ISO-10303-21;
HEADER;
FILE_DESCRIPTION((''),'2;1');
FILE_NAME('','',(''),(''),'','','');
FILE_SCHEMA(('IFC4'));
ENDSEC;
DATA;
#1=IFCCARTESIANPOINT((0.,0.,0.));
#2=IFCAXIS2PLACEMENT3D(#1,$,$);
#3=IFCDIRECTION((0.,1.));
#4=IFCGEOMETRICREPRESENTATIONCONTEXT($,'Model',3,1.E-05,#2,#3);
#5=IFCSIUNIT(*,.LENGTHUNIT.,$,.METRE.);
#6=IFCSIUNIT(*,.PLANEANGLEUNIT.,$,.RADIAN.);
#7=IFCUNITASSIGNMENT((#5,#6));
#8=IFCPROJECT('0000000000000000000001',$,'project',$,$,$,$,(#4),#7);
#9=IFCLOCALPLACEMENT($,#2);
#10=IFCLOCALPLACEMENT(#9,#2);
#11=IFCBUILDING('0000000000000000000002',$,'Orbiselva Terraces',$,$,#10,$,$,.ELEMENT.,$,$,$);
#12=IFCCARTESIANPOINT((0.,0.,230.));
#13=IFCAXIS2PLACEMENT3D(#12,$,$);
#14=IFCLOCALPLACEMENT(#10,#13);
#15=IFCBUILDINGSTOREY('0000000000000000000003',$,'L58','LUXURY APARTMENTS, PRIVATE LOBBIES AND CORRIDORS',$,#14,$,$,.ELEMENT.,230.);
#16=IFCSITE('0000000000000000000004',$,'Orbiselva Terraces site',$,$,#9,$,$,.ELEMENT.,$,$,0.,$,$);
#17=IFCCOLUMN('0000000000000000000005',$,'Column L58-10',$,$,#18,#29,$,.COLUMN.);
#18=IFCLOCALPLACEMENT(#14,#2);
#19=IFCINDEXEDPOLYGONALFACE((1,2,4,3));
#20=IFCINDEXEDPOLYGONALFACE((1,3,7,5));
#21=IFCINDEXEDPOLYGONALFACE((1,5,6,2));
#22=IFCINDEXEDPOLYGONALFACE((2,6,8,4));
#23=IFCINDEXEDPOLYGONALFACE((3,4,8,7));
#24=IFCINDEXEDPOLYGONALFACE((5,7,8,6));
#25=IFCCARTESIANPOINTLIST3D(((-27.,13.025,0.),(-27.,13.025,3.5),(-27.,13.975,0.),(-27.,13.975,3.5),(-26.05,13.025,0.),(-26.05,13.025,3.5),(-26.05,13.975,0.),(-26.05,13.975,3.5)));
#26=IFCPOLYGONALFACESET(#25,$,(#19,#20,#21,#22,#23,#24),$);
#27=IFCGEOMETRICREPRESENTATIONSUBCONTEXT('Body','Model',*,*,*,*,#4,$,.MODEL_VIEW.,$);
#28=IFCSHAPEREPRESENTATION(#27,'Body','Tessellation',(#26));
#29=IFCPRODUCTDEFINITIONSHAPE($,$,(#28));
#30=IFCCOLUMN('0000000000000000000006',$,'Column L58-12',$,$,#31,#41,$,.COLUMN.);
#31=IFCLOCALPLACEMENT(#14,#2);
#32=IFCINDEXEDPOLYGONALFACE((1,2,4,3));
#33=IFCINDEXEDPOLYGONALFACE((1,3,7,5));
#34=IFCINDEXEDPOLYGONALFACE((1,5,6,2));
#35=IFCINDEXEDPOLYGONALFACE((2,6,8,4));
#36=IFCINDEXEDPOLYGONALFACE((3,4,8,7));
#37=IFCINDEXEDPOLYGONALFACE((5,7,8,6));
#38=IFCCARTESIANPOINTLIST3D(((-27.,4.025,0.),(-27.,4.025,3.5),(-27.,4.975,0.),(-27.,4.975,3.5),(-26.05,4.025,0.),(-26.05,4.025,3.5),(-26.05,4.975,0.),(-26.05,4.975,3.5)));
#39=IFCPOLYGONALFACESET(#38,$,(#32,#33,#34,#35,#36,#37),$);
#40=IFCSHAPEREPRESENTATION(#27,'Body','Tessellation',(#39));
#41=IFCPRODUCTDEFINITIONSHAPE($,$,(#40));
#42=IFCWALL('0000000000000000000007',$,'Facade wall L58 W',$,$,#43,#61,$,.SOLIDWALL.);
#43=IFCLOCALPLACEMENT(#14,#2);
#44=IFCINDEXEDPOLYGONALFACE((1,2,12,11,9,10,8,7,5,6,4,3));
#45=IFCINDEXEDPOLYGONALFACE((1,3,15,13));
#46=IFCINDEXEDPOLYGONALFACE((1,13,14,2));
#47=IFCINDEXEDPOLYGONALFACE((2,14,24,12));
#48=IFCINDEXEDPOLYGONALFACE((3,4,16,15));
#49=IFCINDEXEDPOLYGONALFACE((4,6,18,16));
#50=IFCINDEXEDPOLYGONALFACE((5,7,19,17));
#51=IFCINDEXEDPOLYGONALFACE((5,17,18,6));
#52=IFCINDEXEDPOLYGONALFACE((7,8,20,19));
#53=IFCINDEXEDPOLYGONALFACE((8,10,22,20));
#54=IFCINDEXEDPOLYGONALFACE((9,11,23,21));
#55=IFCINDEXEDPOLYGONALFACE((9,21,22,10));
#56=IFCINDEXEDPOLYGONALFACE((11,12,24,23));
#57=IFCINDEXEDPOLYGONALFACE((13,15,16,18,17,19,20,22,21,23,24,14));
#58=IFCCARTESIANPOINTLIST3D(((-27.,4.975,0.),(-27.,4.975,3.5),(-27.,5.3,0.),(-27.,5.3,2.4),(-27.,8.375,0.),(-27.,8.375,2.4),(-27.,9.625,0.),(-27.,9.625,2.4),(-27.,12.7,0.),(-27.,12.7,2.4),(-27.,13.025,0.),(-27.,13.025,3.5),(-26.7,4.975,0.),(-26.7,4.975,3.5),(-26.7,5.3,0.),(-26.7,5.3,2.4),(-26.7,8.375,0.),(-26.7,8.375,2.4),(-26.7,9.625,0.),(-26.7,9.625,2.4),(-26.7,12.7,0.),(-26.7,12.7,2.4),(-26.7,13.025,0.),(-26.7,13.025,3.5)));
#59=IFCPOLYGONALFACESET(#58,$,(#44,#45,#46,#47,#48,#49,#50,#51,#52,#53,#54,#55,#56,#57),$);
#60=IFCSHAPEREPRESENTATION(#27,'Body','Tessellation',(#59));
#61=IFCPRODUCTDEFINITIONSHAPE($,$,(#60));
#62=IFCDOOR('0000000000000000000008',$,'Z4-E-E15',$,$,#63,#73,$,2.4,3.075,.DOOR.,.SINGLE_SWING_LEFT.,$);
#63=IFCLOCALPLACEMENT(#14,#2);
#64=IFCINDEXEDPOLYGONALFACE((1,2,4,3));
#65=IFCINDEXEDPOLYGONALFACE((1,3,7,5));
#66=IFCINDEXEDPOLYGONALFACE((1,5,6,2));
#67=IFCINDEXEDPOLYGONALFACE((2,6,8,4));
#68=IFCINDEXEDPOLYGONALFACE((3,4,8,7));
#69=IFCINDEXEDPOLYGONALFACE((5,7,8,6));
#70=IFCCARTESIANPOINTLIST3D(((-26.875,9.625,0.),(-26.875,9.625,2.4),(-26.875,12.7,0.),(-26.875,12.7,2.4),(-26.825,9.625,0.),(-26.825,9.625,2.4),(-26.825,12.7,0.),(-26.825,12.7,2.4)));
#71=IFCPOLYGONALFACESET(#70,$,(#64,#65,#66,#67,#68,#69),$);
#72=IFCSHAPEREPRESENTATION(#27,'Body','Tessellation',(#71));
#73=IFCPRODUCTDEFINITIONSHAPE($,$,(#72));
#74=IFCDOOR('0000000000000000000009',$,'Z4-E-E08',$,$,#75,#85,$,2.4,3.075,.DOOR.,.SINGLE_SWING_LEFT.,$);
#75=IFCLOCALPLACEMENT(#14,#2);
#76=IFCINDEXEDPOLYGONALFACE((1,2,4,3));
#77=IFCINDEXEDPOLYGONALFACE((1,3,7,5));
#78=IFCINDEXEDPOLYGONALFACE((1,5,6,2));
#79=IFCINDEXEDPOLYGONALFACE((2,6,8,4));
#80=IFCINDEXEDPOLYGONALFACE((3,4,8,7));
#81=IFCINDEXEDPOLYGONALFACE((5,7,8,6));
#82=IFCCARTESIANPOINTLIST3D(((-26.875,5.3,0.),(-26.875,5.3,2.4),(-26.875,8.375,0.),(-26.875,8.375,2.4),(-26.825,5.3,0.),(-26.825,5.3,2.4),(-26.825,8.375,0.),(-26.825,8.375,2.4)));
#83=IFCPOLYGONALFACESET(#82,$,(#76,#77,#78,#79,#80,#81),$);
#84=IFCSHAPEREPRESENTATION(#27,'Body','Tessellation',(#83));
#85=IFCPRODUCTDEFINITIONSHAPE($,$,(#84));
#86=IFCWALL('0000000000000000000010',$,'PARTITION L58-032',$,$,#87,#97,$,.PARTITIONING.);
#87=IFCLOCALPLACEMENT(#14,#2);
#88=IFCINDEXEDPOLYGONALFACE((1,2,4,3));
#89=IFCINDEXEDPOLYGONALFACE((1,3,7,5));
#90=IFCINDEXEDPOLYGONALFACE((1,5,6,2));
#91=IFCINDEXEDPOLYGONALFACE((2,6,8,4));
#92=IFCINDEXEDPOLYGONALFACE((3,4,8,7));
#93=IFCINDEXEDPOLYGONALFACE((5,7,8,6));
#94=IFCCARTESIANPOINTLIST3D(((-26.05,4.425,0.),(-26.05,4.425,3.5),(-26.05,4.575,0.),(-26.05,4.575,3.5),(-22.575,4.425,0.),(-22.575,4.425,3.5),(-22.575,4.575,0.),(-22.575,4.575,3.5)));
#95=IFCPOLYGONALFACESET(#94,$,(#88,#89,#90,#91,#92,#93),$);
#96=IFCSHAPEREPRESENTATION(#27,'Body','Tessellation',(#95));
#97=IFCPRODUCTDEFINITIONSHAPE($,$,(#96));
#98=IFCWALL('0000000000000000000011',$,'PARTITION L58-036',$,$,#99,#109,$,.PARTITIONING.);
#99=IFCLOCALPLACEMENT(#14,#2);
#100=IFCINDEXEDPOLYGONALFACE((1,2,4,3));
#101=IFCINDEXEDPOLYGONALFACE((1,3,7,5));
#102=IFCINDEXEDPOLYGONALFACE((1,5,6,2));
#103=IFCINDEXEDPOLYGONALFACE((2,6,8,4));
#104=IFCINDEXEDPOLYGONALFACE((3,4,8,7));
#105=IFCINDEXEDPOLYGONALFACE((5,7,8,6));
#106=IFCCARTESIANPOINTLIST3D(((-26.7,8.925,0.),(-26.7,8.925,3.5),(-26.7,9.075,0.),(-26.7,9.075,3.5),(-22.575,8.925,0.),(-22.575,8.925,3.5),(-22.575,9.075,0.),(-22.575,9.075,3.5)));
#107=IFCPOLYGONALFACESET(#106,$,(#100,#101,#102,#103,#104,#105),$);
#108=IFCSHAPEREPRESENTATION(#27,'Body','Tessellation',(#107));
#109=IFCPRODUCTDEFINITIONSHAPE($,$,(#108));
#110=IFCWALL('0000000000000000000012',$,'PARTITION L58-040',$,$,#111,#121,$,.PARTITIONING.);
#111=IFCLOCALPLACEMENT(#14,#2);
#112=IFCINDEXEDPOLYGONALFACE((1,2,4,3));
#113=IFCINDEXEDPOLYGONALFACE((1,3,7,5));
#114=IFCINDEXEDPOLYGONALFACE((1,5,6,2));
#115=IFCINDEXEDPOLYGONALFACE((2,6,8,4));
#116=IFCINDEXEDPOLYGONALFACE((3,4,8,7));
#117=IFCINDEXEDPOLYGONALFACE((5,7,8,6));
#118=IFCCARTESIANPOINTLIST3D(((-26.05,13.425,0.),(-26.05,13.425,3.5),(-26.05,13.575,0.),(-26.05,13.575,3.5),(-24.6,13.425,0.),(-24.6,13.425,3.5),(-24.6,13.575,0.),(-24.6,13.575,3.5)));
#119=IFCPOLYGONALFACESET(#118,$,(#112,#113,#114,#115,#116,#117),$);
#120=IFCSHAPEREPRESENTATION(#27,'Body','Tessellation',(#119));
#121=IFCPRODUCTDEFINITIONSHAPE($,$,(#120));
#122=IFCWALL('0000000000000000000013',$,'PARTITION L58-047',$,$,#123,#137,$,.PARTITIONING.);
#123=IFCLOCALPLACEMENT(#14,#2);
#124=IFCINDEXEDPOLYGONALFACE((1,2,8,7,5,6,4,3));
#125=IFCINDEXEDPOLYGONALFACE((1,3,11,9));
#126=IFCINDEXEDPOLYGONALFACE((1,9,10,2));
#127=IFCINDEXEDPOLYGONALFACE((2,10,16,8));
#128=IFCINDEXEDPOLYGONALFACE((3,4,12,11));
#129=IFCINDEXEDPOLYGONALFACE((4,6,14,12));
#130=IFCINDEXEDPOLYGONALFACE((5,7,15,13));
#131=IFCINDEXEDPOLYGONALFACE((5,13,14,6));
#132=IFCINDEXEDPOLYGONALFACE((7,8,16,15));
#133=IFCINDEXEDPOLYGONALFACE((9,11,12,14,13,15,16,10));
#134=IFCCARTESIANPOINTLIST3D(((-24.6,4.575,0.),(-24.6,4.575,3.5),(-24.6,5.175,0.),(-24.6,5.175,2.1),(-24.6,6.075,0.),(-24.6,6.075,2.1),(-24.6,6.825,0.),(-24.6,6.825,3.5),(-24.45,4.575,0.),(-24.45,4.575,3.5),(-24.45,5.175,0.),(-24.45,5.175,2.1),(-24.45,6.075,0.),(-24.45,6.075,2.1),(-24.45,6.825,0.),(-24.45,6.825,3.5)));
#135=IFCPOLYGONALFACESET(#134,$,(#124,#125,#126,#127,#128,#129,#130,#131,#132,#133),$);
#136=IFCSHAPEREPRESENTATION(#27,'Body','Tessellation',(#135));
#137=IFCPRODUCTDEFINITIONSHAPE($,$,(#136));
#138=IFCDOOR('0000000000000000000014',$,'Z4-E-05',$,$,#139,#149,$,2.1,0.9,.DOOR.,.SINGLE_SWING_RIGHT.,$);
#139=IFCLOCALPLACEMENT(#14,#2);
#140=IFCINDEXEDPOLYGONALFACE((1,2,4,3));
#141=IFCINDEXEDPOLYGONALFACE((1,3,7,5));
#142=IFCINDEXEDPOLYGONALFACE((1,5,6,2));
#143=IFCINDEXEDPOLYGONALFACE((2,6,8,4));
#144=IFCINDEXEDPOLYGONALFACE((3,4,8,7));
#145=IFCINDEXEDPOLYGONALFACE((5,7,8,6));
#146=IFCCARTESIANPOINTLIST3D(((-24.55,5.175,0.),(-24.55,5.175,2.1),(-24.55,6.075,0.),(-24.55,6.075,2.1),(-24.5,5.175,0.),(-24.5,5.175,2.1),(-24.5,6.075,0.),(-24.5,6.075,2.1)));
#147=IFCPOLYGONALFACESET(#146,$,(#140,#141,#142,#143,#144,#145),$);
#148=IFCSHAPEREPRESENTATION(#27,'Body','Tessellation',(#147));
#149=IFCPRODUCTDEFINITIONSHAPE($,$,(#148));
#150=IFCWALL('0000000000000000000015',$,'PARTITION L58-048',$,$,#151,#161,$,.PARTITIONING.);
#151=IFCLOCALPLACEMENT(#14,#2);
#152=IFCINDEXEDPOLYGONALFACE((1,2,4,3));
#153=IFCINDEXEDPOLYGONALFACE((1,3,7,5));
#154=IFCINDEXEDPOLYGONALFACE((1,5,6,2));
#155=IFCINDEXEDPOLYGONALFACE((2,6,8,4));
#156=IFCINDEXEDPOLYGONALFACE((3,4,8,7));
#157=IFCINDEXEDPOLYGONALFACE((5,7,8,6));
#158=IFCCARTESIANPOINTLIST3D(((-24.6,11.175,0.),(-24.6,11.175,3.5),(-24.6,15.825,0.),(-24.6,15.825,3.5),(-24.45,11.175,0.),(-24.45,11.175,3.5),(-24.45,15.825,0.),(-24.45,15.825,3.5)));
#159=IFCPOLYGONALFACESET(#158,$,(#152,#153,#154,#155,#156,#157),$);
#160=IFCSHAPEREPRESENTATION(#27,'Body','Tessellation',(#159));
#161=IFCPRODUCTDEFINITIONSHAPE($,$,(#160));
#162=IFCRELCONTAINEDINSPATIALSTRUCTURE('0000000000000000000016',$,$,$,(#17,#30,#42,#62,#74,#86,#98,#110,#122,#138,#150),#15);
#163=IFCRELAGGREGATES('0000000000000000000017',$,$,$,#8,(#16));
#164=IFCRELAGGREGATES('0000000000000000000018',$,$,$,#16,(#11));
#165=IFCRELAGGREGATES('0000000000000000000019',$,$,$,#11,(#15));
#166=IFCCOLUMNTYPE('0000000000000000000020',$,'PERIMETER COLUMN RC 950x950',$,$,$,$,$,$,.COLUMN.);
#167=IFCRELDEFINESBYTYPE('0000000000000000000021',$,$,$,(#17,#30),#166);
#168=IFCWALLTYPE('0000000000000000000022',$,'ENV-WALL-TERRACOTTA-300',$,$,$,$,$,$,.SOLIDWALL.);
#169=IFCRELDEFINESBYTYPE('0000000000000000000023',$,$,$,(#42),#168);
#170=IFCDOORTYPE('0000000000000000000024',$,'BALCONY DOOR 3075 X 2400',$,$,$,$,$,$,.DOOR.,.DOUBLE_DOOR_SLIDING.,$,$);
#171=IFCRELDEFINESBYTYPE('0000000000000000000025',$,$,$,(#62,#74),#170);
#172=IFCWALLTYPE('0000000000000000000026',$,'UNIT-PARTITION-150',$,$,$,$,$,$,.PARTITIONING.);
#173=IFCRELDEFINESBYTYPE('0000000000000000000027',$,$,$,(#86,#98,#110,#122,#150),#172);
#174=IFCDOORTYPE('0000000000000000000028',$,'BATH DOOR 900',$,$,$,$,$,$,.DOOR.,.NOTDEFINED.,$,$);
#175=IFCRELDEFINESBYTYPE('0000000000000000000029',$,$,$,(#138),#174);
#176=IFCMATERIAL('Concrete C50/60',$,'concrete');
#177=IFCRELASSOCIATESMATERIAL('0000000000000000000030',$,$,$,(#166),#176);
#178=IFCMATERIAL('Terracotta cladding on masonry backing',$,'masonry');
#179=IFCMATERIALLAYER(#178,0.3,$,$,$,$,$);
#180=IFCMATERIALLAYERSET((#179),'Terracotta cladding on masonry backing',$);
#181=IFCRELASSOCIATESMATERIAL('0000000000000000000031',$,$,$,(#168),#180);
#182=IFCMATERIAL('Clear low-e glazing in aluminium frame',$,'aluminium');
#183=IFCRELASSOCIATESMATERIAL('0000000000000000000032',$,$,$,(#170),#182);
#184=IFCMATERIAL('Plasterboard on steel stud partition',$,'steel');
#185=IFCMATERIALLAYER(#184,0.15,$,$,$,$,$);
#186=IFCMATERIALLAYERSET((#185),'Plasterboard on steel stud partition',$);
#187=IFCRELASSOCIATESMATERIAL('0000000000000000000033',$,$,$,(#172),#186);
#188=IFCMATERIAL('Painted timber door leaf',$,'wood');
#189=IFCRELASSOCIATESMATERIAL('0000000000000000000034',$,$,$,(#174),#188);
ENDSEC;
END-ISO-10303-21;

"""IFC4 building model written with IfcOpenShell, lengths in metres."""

from ifc_helpers import new_model, si_unit, direction, frame, frame_2d, origin, origin_2d, place, context, subcontext, project, spatial, rectangle, extrude, material, layer, layer_set, material_profile, profile_set, type_object, element, fill, save


model = new_model("IFC4")

# Units and contexts
model_context = context("Model", 3, precision=1e-05, world=origin(), true_north=direction((0.0, 1.0)))
body_context = subcontext(model_context, "Body", "Model", "MODEL_VIEW")
ifc_project = project(units=[si_unit("LENGTHUNIT", "METRE"), si_unit("PLANEANGLEUNIT", "RADIAN")], contexts=[model_context])

# Site, building, storey
site_placement = place(None, origin())
site = spatial("IfcSite", under=ifc_project, at=site_placement, Name="Orbiselva Terraces site", CompositionType="ELEMENT", RefElevation=0.0)
building_placement = place(site_placement, origin())
building = spatial("IfcBuilding", under=site, at=building_placement, Name="Orbiselva Terraces", CompositionType="ELEMENT")
storey_placement = place(building_placement, frame((0.0, 0.0, 230.0)))
storey = spatial("IfcBuildingStorey", under=building, at=storey_placement, Name="L58", Description="LUXURY APARTMENTS, PRIVATE LOBBIES AND CORRIDORS", CompositionType="ELEMENT", Elevation=230.0)

# Columns
ifc_material_1 = material(Name="Concrete C50/60", Category="concrete")
ifc_material_profile = material_profile(ifc_material_1, rectangle(XDim=0.95, YDim=0.95, at=origin_2d()), Name="RC 950x950")
ifc_profile_set = profile_set([ifc_material_profile], Name="Concrete C50/60")
column_type = type_object("IfcColumnType", Name="PERIMETER COLUMN RC 950x950", PredefinedType="COLUMN", material=ifc_profile_set)
for number, where, z_axis, x_axis, name in (
    (1, (-26.525, 13.5, 0.0), (0.0, 0.0, 1.0), (1.0, 0.0, 0.0), "Column L58-10"),
    (2, (-26.525, 4.5, 0.0), (0.0, 0.0, 1.0), (1.0, 0.0, 0.0), "Column L58-12"),
):
    element("IfcColumn", number, at=place(storey_placement, frame(where, z_axis=z_axis, x_axis=x_axis)), inside=storey, type_object=column_type, Name=name, PredefinedType="COLUMN", context=body_context, shape_type="SweptSolid", body=[
        extrude(rectangle(XDim=0.95, YDim=0.95, at=origin_2d()), origin(), (0.0, 0.0, 1.0), 3.5),
    ])

# Wall, openings, doors
ifc_material_2 = material(Name="Terracotta cladding on masonry backing", Category="masonry")
ifc_layer_1 = layer(ifc_material_2, 0.3)
ifc_layer_set_1 = layer_set([ifc_layer_1], Name="Terracotta cladding on masonry backing")
wall_type_1 = type_object("IfcWallType", Name="ENV-WALL-TERRACOTTA-300", PredefinedType="SOLIDWALL", material=ifc_layer_set_1)
wall_1_placement = place(storey_placement, frame((-26.85, 4.975, 0.0), z_axis=(0.0, 0.0, 1.0), x_axis=(0.0, 1.0, 0.0)))
wall_1 = element("IfcWall", 3, at=wall_1_placement, inside=storey, type_object=wall_type_1, Name="Facade wall L58 W", PredefinedType="SOLIDWALL", context=body_context, shape_type="SweptSolid", body=[
    extrude(rectangle(XDim=8.05, YDim=0.3, at=frame_2d((4.025, 0.0))), origin(), (0.0, 0.0, 1.0), 3.5),
])
opening_1_placement = place(wall_1_placement, frame((4.65, 0.0, 0.0)))
opening_1 = element("IfcOpeningElement", 4, at=opening_1_placement, cuts=wall_1, PredefinedType="OPENING", context=body_context, shape_type="SweptSolid", body=[
    extrude(rectangle(XDim=3.075, YDim=2.4, at=frame_2d((1.5375, 1.2))), frame((0.0, 0.16, 0.0), z_axis=(0.0, -1.0, 0.0), x_axis=(1.0, 0.0, 0.0)), (0.0, 0.0, 1.0), 0.32),
])
opening_2_placement = place(wall_1_placement, frame((0.325, 0.0, 0.0)))
opening_2 = element("IfcOpeningElement", 5, at=opening_2_placement, cuts=wall_1, PredefinedType="OPENING", context=body_context, shape_type="SweptSolid", body=[
    extrude(rectangle(XDim=3.075, YDim=2.4, at=frame_2d((1.5375, 1.2))), frame((0.0, 0.16, 0.0), z_axis=(0.0, -1.0, 0.0), x_axis=(1.0, 0.0, 0.0)), (0.0, 0.0, 1.0), 0.32),
])
ifc_material_3 = material(Name="Clear low-e glazing in aluminium frame", Category="aluminium")
door_type_1 = type_object("IfcDoorType", Name="BALCONY DOOR 3075 X 2400", OperationType="DOUBLE_DOOR_SLIDING", PredefinedType="DOOR", material=ifc_material_3)
door_1_placement = place(opening_1_placement, origin())
door_1 = element("IfcDoor", 6, at=door_1_placement, inside=storey, type_object=door_type_1, Name="Z4-E-E15", OperationType="SINGLE_SWING_LEFT", OverallHeight=2.4, OverallWidth=3.075, PredefinedType="DOOR", context=body_context, shape_type="SweptSolid", body=[
    extrude(rectangle(XDim=3.075, YDim=2.4, at=frame_2d((1.5375, 1.2))), frame((0.0, 0.025, 0.0), z_axis=(0.0, -1.0, 0.0), x_axis=(1.0, 0.0, 0.0)), (0.0, 0.0, 1.0), 0.05),
])
fill(opening_1, door_1)
door_2_placement = place(opening_2_placement, origin())
door_2 = element("IfcDoor", 7, at=door_2_placement, inside=storey, type_object=door_type_1, Name="Z4-E-E08", OperationType="SINGLE_SWING_LEFT", OverallHeight=2.4, OverallWidth=3.075, PredefinedType="DOOR", context=body_context, shape_type="SweptSolid", body=[
    extrude(rectangle(XDim=3.075, YDim=2.4, at=frame_2d((1.5375, 1.2))), frame((0.0, 0.025, 0.0), z_axis=(0.0, -1.0, 0.0), x_axis=(1.0, 0.0, 0.0)), (0.0, 0.0, 1.0), 0.05),
])
fill(opening_2, door_2)

# Walls
ifc_material_4 = material(Name="Plasterboard on steel stud partition", Category="steel")
ifc_layer_2 = layer(ifc_material_4, 0.15)
ifc_layer_set_2 = layer_set([ifc_layer_2], Name="Plasterboard on steel stud partition")
wall_type_2 = type_object("IfcWallType", Name="UNIT-PARTITION-150", PredefinedType="PARTITIONING", material=ifc_layer_set_2)
wall_2_placement = place(storey_placement, frame((-26.05, 4.5, 0.0), z_axis=(0.0, 0.0, 1.0), x_axis=(1.0, 0.0, 0.0)))
element("IfcWall", 8, at=wall_2_placement, inside=storey, type_object=wall_type_2, Name="PARTITION L58-032", PredefinedType="PARTITIONING", context=body_context, shape_type="SweptSolid", body=[
    extrude(rectangle(XDim=3.475, YDim=0.15, at=frame_2d((1.7375, 0.0))), origin(), (0.0, 0.0, 1.0), 3.5),
])
wall_3_placement = place(storey_placement, frame((-26.7, 9.0, 0.0), z_axis=(0.0, 0.0, 1.0), x_axis=(1.0, 0.0, 0.0)))
element("IfcWall", 9, at=wall_3_placement, inside=storey, type_object=wall_type_2, Name="PARTITION L58-036", PredefinedType="PARTITIONING", context=body_context, shape_type="SweptSolid", body=[
    extrude(rectangle(XDim=4.125, YDim=0.15, at=frame_2d((2.0625, 0.0))), origin(), (0.0, 0.0, 1.0), 3.5),
])
wall_4_placement = place(storey_placement, frame((-26.05, 13.5, 0.0), z_axis=(0.0, 0.0, 1.0), x_axis=(1.0, 0.0, 0.0)))
element("IfcWall", 10, at=wall_4_placement, inside=storey, type_object=wall_type_2, Name="PARTITION L58-040", PredefinedType="PARTITIONING", context=body_context, shape_type="SweptSolid", body=[
    extrude(rectangle(XDim=1.45, YDim=0.15, at=frame_2d((0.725, 0.0))), origin(), (0.0, 0.0, 1.0), 3.5),
])

# Wall, opening, door
wall_5_placement = place(storey_placement, frame((-24.525, 6.825, 0.0), z_axis=(0.0, 0.0, 1.0), x_axis=(0.0, -1.0, 0.0)))
wall_5 = element("IfcWall", 11, at=wall_5_placement, inside=storey, type_object=wall_type_2, Name="PARTITION L58-047", PredefinedType="PARTITIONING", context=body_context, shape_type="SweptSolid", body=[
    extrude(rectangle(XDim=2.25, YDim=0.15, at=frame_2d((1.125, 0.0))), origin(), (0.0, 0.0, 1.0), 3.5),
])
opening_3_placement = place(wall_5_placement, frame((0.75, 0.0, 0.0)))
opening_3 = element("IfcOpeningElement", 12, at=opening_3_placement, cuts=wall_5, PredefinedType="OPENING", context=body_context, shape_type="SweptSolid", body=[
    extrude(rectangle(XDim=0.9, YDim=2.1, at=frame_2d((0.45, 1.05))), frame((0.0, 0.085, 0.0), z_axis=(0.0, -1.0, 0.0), x_axis=(1.0, 0.0, 0.0)), (0.0, 0.0, 1.0), 0.17),
])
ifc_material_5 = material(Name="Painted timber door leaf", Category="wood")
door_type_2 = type_object("IfcDoorType", Name="BATH DOOR 900", OperationType="NOTDEFINED", PredefinedType="DOOR", material=ifc_material_5)
door_3_placement = place(opening_3_placement, origin())
door_3 = element("IfcDoor", 13, at=door_3_placement, inside=storey, type_object=door_type_2, Name="Z4-E-05", OperationType="SINGLE_SWING_RIGHT", OverallHeight=2.1, OverallWidth=0.9, PredefinedType="DOOR", context=body_context, shape_type="SweptSolid", body=[
    extrude(rectangle(XDim=0.9, YDim=2.1, at=frame_2d((0.45, 1.05))), frame((0.0, 0.025, 0.0), z_axis=(0.0, -1.0, 0.0), x_axis=(1.0, 0.0, 0.0)), (0.0, 0.0, 1.0), 0.05),
])
fill(opening_3, door_3)

# Wall
wall_6_placement = place(storey_placement, frame((-24.525, 11.175, 0.0), z_axis=(0.0, 0.0, 1.0), x_axis=(0.0, 1.0, 0.0)))
element("IfcWall", 14, at=wall_6_placement, inside=storey, type_object=wall_type_2, Name="PARTITION L58-048", PredefinedType="PARTITIONING", context=body_context, shape_type="SweptSolid", body=[
    extrude(rectangle(XDim=4.65, YDim=0.15, at=frame_2d((2.325, 0.0))), origin(), (0.0, 0.0, 1.0), 3.5),
])

save(model, "model.ifc")
